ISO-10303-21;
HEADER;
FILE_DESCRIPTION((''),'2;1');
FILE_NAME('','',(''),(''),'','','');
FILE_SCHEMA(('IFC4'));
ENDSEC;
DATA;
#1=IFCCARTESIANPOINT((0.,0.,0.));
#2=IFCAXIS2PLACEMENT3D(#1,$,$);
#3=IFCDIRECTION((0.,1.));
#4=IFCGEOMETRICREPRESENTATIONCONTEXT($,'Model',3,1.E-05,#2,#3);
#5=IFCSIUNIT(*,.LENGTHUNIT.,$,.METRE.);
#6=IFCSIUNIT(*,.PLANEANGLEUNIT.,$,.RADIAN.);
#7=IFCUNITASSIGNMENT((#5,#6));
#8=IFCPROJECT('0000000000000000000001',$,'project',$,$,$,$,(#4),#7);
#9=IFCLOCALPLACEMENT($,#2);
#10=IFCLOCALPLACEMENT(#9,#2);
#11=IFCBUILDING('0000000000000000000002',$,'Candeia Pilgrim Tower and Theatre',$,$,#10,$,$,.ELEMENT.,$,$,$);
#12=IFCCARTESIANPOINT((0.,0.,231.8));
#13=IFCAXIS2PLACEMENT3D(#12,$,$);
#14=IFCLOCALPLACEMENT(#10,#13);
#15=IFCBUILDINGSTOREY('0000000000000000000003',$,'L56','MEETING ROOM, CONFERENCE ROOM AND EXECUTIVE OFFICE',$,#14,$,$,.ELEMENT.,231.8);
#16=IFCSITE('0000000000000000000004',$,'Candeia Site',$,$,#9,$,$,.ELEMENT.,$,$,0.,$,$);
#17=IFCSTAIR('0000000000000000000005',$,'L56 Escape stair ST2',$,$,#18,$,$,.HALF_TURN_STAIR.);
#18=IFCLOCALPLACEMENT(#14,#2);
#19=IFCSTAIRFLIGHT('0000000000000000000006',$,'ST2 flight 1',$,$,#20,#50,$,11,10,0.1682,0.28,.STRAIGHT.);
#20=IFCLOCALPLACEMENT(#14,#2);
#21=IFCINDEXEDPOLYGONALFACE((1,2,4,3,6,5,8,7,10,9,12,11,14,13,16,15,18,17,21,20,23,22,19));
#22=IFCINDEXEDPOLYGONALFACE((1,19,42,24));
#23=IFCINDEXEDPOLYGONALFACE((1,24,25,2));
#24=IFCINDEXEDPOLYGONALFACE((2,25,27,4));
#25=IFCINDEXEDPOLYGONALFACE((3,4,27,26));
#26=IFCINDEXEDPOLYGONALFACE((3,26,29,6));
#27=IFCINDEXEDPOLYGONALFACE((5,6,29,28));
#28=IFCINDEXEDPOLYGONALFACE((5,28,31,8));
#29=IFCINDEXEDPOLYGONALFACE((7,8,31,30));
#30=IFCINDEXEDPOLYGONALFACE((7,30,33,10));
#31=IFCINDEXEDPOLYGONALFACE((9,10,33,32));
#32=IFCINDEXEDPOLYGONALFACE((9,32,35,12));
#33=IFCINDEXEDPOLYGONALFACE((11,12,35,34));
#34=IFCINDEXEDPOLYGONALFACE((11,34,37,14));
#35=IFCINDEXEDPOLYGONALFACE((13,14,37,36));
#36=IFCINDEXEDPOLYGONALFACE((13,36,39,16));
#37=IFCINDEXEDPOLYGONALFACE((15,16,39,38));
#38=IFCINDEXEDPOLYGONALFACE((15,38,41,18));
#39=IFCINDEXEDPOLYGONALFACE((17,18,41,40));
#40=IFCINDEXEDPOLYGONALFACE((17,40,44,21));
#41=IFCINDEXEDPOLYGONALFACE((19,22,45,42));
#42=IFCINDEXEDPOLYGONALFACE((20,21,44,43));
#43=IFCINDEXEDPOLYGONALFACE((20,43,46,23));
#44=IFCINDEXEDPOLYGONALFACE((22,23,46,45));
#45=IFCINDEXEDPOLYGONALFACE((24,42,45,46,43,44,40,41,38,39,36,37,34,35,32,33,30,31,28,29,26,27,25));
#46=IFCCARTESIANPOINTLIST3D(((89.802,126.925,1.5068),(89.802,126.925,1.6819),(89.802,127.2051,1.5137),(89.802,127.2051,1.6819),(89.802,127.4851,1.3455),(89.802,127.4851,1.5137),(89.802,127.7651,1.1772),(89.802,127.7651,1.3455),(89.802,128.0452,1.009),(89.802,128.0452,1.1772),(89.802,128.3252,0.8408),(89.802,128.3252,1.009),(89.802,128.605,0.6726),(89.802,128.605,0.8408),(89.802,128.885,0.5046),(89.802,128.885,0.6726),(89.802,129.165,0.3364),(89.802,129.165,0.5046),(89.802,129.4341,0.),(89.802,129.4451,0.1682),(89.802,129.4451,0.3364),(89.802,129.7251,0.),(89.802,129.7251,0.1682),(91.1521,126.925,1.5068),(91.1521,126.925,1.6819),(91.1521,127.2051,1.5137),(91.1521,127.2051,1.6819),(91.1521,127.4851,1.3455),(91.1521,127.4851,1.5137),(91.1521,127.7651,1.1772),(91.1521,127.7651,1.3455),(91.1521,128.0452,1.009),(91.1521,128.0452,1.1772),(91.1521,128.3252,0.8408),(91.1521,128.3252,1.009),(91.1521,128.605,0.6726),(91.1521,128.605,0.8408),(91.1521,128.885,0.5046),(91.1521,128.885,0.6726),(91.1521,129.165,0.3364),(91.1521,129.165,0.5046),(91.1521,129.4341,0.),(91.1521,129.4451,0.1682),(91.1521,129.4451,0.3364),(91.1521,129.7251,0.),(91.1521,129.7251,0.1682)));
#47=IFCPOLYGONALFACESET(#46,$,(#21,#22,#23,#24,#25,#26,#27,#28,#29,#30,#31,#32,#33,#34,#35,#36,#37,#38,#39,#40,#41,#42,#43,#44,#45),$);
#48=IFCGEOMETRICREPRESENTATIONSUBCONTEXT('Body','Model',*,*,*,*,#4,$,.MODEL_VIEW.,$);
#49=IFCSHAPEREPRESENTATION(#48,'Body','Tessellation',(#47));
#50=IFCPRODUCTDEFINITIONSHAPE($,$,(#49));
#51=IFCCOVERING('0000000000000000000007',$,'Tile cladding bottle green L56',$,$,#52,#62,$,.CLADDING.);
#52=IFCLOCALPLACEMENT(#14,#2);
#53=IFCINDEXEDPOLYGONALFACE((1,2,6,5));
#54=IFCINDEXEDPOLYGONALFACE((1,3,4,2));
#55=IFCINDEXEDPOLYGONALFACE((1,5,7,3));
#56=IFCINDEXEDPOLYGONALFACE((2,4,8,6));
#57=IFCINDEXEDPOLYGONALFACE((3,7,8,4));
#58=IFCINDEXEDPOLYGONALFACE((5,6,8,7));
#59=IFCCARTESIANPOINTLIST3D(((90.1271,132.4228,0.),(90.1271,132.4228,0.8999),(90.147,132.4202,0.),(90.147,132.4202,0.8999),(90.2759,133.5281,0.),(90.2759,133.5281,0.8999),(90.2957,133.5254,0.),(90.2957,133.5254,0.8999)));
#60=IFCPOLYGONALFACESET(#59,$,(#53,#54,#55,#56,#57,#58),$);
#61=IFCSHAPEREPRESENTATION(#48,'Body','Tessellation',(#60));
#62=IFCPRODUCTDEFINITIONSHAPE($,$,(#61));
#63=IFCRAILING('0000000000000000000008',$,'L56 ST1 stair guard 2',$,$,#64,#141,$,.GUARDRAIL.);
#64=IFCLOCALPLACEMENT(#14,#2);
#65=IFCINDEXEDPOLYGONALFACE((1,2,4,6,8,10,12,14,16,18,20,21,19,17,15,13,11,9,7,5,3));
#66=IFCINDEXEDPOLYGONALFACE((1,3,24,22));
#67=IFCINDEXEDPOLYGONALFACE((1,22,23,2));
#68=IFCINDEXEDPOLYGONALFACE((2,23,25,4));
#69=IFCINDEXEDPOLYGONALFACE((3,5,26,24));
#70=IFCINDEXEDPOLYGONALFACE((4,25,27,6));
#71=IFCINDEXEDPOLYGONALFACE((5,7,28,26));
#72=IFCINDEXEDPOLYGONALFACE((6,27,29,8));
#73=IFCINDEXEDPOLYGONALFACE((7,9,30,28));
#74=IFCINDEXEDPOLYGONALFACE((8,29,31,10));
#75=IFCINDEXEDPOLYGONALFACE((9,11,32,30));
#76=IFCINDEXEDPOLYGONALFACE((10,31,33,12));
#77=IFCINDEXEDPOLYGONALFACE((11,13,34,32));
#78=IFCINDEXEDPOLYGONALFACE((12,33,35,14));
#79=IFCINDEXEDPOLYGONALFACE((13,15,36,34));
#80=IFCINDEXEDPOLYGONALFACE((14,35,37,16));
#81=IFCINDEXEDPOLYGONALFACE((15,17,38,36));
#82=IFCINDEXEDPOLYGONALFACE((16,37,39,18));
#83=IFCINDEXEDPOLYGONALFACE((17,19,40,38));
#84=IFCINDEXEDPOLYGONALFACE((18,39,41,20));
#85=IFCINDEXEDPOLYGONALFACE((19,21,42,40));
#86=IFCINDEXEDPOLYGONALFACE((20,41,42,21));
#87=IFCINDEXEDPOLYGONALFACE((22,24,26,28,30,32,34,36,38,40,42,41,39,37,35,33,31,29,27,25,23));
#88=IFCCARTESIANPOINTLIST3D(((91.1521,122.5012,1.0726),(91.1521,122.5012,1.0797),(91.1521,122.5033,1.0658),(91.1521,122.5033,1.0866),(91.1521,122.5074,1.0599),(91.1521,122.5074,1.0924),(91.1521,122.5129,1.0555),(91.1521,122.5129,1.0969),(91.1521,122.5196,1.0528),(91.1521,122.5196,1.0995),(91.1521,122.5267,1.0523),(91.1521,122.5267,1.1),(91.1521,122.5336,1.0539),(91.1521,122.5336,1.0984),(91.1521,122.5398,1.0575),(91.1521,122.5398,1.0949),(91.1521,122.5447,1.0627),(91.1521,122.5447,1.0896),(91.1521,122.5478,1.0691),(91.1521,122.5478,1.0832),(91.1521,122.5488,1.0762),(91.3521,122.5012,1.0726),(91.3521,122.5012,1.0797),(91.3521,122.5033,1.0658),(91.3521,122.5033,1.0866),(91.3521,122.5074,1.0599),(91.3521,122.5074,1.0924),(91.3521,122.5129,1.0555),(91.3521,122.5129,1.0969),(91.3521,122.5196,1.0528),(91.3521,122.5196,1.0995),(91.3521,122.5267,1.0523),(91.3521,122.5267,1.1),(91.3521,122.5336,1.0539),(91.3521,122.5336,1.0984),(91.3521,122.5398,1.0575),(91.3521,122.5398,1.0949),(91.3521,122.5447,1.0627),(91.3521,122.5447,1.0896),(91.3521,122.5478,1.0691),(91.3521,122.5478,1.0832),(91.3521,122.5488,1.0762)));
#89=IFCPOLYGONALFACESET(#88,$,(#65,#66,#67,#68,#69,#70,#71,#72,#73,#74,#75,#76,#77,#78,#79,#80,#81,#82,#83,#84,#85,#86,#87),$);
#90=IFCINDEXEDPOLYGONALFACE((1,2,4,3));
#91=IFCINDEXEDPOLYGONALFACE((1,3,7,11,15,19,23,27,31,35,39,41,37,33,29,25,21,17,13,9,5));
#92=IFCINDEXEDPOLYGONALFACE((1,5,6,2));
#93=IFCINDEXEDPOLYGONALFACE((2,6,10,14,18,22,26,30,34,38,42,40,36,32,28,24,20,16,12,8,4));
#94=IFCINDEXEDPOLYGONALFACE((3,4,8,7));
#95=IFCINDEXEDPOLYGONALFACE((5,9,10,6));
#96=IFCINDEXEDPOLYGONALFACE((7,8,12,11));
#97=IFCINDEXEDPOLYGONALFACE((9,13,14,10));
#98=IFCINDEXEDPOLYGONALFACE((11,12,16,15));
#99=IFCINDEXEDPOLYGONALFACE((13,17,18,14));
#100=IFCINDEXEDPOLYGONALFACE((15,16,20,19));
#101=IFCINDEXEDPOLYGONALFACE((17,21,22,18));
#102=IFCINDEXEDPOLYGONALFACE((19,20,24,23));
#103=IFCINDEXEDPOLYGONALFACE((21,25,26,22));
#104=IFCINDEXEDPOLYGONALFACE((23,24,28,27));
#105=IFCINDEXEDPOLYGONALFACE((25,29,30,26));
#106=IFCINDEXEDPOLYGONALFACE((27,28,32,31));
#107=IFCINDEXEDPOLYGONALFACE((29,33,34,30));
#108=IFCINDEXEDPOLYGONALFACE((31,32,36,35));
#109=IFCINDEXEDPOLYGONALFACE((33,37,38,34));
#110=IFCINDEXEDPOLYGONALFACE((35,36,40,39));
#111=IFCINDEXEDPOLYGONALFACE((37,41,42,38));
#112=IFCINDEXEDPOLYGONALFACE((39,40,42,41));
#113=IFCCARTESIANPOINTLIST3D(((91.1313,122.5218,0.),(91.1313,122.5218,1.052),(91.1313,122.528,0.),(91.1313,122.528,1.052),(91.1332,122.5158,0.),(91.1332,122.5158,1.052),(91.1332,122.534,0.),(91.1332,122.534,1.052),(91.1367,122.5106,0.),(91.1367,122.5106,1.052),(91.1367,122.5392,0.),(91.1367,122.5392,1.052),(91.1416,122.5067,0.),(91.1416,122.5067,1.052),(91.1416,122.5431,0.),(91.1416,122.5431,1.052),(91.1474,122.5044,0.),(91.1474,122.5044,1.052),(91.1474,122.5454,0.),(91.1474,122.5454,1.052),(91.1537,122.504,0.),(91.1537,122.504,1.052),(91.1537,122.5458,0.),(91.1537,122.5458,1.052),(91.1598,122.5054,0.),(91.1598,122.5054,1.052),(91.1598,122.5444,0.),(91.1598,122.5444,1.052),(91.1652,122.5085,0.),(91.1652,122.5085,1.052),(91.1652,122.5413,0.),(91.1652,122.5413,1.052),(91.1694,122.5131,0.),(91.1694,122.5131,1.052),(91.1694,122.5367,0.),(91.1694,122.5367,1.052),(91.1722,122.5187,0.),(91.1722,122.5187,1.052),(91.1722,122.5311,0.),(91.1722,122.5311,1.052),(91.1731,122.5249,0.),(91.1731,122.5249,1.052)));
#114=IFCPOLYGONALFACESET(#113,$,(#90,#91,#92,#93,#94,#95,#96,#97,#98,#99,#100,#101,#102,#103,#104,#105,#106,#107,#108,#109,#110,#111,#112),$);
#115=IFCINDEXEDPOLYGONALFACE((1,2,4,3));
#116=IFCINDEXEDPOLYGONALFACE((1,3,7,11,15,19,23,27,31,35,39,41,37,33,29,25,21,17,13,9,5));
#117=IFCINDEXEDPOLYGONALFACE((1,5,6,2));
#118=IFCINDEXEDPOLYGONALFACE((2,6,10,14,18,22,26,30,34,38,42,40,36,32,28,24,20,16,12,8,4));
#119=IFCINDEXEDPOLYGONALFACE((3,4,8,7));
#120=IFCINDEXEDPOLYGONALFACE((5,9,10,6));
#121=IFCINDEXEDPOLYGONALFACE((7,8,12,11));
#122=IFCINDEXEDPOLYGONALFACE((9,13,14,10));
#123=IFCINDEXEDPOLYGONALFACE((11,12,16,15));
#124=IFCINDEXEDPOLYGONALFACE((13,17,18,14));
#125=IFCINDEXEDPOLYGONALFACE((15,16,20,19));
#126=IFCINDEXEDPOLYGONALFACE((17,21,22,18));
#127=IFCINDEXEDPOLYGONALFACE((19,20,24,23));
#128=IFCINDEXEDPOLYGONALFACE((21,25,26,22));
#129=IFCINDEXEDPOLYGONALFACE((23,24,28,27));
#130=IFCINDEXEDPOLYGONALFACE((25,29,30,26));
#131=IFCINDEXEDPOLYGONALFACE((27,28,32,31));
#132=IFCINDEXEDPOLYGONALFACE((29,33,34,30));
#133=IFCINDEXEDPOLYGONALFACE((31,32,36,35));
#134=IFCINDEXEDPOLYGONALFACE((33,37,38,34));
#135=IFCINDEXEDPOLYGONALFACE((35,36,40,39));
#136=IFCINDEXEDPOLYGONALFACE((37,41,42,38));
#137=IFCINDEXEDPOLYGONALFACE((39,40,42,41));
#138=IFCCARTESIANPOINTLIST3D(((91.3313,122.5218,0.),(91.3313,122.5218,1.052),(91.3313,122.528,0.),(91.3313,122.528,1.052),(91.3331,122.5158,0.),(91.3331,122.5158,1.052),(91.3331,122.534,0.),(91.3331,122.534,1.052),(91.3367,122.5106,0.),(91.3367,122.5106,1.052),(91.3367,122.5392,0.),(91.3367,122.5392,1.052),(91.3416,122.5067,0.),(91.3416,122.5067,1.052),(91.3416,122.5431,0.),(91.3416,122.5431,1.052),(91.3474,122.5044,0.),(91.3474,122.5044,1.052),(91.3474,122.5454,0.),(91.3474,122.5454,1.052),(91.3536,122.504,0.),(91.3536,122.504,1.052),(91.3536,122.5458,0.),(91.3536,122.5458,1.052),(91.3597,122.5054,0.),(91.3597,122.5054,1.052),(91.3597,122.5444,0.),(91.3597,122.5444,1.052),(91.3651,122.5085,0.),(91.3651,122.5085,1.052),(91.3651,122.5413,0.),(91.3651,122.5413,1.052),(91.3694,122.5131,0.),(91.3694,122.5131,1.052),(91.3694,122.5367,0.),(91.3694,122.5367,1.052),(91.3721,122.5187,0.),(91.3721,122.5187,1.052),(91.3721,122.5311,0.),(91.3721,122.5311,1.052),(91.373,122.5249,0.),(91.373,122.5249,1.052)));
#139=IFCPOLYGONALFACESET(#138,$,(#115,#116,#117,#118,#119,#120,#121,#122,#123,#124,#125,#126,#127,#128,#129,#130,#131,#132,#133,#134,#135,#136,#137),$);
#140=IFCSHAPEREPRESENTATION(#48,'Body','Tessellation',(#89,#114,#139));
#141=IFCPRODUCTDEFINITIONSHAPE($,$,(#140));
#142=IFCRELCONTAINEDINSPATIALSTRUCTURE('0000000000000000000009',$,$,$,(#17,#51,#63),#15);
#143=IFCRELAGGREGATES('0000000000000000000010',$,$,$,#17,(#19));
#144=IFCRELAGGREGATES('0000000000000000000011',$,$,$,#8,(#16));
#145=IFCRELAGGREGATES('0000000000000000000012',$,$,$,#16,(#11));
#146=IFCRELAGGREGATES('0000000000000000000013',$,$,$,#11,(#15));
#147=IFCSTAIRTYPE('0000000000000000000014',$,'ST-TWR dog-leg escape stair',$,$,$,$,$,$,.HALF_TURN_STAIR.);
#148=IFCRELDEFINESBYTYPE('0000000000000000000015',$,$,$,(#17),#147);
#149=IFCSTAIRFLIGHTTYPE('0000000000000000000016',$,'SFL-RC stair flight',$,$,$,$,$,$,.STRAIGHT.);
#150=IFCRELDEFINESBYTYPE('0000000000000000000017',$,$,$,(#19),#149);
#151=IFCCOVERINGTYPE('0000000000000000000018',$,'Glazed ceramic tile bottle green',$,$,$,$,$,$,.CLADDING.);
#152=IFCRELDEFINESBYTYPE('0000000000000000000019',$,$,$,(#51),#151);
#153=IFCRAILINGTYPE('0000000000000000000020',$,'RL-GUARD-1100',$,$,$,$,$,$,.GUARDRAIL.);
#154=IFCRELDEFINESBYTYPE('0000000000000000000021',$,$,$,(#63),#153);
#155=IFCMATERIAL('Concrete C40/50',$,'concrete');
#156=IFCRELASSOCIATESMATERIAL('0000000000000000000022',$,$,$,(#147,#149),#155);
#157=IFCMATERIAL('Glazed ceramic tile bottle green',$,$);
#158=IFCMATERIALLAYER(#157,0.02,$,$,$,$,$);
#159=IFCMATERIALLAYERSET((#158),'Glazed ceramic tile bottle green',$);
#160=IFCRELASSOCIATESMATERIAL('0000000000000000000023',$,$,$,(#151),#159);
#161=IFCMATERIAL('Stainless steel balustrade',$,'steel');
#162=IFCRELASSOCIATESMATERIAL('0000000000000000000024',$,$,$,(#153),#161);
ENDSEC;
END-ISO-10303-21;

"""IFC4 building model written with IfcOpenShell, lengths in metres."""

from ifc_helpers import new_model, si_unit, direction, frame, origin, origin_2d, place, context, subcontext, project, spatial, polyline, rectangle, circle, outline, extrude, material, layer, layer_set, type_object, element, aggregate, save


model = new_model("IFC4")

# Units and contexts
model_context = context("Model", 3, precision=1e-05, world=origin(), true_north=direction((0.0, 1.0)))
body_context = subcontext(model_context, "Body", "Model", "MODEL_VIEW")
ifc_project = project(units=[si_unit("LENGTHUNIT", "METRE"), si_unit("PLANEANGLEUNIT", "RADIAN")], contexts=[model_context])

# Site, building, storey
site_placement = place(None, origin())
site = spatial("IfcSite", under=ifc_project, at=site_placement, Name="Candeia Site", CompositionType="ELEMENT", RefElevation=0.0)
building_placement = place(site_placement, origin())
building = spatial("IfcBuilding", under=site, at=building_placement, Name="Candeia Pilgrim Tower and Theatre", CompositionType="ELEMENT")
storey_placement = place(building_placement, frame((0.0, 0.0, 231.8)))
storey = spatial("IfcBuildingStorey", under=building, at=storey_placement, Name="L56", Description="MEETING ROOM, CONFERENCE ROOM AND EXECUTIVE OFFICE", CompositionType="ELEMENT", Elevation=231.8)

# Shared definitions
ifc_material_1 = material(Name="Concrete C40/50", Category="concrete")

# Shared definitions
stair_type = type_object("IfcStairType", Name="ST-TWR dog-leg escape stair", PredefinedType="HALF_TURN_STAIR", material=ifc_material_1)
stair_flight_type = type_object("IfcStairFlightType", Name="SFL-RC stair flight", PredefinedType="STRAIGHT", material=ifc_material_1)

# Stair, stair flight
stair_1_placement = place(storey_placement, origin())
stair_1 = element("IfcStair", 1, at=stair_1_placement, inside=storey, type_object=stair_type, Name="L56 Escape stair ST2", PredefinedType="HALF_TURN_STAIR")
stair_flight_1_placement = place(storey_placement, frame((90.4771, 129.7251, 0.0), z_axis=(0.0, 0.0, 1.0), x_axis=(0.0, -1.0, 0.0)))
stair_flight_1 = element("IfcStairFlight", 2, at=stair_flight_1_placement, type_object=stair_flight_type, Name="ST2 flight 1", NumberOfRisers=11, NumberOfTreads=10, PredefinedType="STRAIGHT", RiserHeight=0.1682, TreadLength=0.28, context=body_context, shape_type="SweptSolid", body=[
    extrude(outline(polyline([(0.0, 0.0), (0.0, 0.1682), (0.28, 0.1682), (0.28, 0.3364), (0.5601, 0.3364), (0.5601, 0.5046), (0.8401, 0.5046), (0.8401, 0.6726), (1.1201, 0.6726), (1.1201, 0.8408), (1.3999, 0.8408), (1.3999, 1.009), (1.6799, 1.009), (1.6799, 1.1772), (1.96, 1.1772), (1.96, 1.3455), (2.24, 1.3455), (2.24, 1.5137), (2.52, 1.5137), (2.52, 1.6819), (2.8, 1.6819), (2.8, 1.8501), (2.8, 1.5068), (0.291, 0.0), (0.0, 0.0)])), frame((0.0, 0.675, 0.0), z_axis=(0.0, -1.0, 0.0), x_axis=(1.0, 0.0, 0.0)), (0.0, 0.0, 1.0), 1.3501),
])
aggregate(stair_1, [stair_flight_1])

# Shared definitions
ifc_material_2 = material(Name="Stainless steel balustrade", Category="steel")

# Covering
ifc_material_3 = material(Name="Glazed ceramic tile bottle green")
ifc_layer_1 = layer(ifc_material_3, 0.02)
ifc_layer_set_1 = layer_set([ifc_layer_1], Name="Glazed ceramic tile bottle green")
covering_type = type_object("IfcCoveringType", Name="Glazed ceramic tile bottle green", PredefinedType="CLADDING", material=ifc_layer_set_1)
covering_placement = place(storey_placement, frame((90.2114, 132.9741, 0.0), z_axis=(0.0, 0.0, 1.0), x_axis=(-0.133412, -0.991061, 0.0)))
element("IfcCovering", 3, at=covering_placement, inside=storey, type_object=covering_type, Name="Tile cladding bottle green L56", PredefinedType="CLADDING", context=body_context, shape_type="SweptSolid", body=[
    extrude(rectangle(XDim=1.1152, YDim=0.02, at=origin_2d()), origin(), (0.0, 0.0, 1.0), 0.8999),
])

# Railing
railing_type_1 = type_object("IfcRailingType", Name="RL-GUARD-1100", PredefinedType="GUARDRAIL", material=ifc_material_2)
railing_1_placement = place(storey_placement, frame((91.1521, 122.5249, 0.0)))
element("IfcRailing", 4, at=railing_1_placement, inside=storey, type_object=railing_type_1, Name="L56 ST1 stair guard 2", PredefinedType="GUARDRAIL", context=body_context, shape_type="SweptSolid", body=[
    extrude(circle(Radius=0.0239, at=origin_2d()), frame((0.0, 0.0, 1.0762), z_axis=(1.0, 0.0, 0.0), x_axis=(0.0, 1.0, 0.0)), (0.0, 0.0, 1.0), 0.2),
    extrude(circle(Radius=0.021, at=origin_2d()), origin(), (0.0, 0.0, 1.0), 1.052),
    extrude(circle(Radius=0.021, at=origin_2d()), frame((0.2, 0.0, 0.0)), (0.0, 0.0, 1.0), 1.052),
])

save(model, "model.ifc")
